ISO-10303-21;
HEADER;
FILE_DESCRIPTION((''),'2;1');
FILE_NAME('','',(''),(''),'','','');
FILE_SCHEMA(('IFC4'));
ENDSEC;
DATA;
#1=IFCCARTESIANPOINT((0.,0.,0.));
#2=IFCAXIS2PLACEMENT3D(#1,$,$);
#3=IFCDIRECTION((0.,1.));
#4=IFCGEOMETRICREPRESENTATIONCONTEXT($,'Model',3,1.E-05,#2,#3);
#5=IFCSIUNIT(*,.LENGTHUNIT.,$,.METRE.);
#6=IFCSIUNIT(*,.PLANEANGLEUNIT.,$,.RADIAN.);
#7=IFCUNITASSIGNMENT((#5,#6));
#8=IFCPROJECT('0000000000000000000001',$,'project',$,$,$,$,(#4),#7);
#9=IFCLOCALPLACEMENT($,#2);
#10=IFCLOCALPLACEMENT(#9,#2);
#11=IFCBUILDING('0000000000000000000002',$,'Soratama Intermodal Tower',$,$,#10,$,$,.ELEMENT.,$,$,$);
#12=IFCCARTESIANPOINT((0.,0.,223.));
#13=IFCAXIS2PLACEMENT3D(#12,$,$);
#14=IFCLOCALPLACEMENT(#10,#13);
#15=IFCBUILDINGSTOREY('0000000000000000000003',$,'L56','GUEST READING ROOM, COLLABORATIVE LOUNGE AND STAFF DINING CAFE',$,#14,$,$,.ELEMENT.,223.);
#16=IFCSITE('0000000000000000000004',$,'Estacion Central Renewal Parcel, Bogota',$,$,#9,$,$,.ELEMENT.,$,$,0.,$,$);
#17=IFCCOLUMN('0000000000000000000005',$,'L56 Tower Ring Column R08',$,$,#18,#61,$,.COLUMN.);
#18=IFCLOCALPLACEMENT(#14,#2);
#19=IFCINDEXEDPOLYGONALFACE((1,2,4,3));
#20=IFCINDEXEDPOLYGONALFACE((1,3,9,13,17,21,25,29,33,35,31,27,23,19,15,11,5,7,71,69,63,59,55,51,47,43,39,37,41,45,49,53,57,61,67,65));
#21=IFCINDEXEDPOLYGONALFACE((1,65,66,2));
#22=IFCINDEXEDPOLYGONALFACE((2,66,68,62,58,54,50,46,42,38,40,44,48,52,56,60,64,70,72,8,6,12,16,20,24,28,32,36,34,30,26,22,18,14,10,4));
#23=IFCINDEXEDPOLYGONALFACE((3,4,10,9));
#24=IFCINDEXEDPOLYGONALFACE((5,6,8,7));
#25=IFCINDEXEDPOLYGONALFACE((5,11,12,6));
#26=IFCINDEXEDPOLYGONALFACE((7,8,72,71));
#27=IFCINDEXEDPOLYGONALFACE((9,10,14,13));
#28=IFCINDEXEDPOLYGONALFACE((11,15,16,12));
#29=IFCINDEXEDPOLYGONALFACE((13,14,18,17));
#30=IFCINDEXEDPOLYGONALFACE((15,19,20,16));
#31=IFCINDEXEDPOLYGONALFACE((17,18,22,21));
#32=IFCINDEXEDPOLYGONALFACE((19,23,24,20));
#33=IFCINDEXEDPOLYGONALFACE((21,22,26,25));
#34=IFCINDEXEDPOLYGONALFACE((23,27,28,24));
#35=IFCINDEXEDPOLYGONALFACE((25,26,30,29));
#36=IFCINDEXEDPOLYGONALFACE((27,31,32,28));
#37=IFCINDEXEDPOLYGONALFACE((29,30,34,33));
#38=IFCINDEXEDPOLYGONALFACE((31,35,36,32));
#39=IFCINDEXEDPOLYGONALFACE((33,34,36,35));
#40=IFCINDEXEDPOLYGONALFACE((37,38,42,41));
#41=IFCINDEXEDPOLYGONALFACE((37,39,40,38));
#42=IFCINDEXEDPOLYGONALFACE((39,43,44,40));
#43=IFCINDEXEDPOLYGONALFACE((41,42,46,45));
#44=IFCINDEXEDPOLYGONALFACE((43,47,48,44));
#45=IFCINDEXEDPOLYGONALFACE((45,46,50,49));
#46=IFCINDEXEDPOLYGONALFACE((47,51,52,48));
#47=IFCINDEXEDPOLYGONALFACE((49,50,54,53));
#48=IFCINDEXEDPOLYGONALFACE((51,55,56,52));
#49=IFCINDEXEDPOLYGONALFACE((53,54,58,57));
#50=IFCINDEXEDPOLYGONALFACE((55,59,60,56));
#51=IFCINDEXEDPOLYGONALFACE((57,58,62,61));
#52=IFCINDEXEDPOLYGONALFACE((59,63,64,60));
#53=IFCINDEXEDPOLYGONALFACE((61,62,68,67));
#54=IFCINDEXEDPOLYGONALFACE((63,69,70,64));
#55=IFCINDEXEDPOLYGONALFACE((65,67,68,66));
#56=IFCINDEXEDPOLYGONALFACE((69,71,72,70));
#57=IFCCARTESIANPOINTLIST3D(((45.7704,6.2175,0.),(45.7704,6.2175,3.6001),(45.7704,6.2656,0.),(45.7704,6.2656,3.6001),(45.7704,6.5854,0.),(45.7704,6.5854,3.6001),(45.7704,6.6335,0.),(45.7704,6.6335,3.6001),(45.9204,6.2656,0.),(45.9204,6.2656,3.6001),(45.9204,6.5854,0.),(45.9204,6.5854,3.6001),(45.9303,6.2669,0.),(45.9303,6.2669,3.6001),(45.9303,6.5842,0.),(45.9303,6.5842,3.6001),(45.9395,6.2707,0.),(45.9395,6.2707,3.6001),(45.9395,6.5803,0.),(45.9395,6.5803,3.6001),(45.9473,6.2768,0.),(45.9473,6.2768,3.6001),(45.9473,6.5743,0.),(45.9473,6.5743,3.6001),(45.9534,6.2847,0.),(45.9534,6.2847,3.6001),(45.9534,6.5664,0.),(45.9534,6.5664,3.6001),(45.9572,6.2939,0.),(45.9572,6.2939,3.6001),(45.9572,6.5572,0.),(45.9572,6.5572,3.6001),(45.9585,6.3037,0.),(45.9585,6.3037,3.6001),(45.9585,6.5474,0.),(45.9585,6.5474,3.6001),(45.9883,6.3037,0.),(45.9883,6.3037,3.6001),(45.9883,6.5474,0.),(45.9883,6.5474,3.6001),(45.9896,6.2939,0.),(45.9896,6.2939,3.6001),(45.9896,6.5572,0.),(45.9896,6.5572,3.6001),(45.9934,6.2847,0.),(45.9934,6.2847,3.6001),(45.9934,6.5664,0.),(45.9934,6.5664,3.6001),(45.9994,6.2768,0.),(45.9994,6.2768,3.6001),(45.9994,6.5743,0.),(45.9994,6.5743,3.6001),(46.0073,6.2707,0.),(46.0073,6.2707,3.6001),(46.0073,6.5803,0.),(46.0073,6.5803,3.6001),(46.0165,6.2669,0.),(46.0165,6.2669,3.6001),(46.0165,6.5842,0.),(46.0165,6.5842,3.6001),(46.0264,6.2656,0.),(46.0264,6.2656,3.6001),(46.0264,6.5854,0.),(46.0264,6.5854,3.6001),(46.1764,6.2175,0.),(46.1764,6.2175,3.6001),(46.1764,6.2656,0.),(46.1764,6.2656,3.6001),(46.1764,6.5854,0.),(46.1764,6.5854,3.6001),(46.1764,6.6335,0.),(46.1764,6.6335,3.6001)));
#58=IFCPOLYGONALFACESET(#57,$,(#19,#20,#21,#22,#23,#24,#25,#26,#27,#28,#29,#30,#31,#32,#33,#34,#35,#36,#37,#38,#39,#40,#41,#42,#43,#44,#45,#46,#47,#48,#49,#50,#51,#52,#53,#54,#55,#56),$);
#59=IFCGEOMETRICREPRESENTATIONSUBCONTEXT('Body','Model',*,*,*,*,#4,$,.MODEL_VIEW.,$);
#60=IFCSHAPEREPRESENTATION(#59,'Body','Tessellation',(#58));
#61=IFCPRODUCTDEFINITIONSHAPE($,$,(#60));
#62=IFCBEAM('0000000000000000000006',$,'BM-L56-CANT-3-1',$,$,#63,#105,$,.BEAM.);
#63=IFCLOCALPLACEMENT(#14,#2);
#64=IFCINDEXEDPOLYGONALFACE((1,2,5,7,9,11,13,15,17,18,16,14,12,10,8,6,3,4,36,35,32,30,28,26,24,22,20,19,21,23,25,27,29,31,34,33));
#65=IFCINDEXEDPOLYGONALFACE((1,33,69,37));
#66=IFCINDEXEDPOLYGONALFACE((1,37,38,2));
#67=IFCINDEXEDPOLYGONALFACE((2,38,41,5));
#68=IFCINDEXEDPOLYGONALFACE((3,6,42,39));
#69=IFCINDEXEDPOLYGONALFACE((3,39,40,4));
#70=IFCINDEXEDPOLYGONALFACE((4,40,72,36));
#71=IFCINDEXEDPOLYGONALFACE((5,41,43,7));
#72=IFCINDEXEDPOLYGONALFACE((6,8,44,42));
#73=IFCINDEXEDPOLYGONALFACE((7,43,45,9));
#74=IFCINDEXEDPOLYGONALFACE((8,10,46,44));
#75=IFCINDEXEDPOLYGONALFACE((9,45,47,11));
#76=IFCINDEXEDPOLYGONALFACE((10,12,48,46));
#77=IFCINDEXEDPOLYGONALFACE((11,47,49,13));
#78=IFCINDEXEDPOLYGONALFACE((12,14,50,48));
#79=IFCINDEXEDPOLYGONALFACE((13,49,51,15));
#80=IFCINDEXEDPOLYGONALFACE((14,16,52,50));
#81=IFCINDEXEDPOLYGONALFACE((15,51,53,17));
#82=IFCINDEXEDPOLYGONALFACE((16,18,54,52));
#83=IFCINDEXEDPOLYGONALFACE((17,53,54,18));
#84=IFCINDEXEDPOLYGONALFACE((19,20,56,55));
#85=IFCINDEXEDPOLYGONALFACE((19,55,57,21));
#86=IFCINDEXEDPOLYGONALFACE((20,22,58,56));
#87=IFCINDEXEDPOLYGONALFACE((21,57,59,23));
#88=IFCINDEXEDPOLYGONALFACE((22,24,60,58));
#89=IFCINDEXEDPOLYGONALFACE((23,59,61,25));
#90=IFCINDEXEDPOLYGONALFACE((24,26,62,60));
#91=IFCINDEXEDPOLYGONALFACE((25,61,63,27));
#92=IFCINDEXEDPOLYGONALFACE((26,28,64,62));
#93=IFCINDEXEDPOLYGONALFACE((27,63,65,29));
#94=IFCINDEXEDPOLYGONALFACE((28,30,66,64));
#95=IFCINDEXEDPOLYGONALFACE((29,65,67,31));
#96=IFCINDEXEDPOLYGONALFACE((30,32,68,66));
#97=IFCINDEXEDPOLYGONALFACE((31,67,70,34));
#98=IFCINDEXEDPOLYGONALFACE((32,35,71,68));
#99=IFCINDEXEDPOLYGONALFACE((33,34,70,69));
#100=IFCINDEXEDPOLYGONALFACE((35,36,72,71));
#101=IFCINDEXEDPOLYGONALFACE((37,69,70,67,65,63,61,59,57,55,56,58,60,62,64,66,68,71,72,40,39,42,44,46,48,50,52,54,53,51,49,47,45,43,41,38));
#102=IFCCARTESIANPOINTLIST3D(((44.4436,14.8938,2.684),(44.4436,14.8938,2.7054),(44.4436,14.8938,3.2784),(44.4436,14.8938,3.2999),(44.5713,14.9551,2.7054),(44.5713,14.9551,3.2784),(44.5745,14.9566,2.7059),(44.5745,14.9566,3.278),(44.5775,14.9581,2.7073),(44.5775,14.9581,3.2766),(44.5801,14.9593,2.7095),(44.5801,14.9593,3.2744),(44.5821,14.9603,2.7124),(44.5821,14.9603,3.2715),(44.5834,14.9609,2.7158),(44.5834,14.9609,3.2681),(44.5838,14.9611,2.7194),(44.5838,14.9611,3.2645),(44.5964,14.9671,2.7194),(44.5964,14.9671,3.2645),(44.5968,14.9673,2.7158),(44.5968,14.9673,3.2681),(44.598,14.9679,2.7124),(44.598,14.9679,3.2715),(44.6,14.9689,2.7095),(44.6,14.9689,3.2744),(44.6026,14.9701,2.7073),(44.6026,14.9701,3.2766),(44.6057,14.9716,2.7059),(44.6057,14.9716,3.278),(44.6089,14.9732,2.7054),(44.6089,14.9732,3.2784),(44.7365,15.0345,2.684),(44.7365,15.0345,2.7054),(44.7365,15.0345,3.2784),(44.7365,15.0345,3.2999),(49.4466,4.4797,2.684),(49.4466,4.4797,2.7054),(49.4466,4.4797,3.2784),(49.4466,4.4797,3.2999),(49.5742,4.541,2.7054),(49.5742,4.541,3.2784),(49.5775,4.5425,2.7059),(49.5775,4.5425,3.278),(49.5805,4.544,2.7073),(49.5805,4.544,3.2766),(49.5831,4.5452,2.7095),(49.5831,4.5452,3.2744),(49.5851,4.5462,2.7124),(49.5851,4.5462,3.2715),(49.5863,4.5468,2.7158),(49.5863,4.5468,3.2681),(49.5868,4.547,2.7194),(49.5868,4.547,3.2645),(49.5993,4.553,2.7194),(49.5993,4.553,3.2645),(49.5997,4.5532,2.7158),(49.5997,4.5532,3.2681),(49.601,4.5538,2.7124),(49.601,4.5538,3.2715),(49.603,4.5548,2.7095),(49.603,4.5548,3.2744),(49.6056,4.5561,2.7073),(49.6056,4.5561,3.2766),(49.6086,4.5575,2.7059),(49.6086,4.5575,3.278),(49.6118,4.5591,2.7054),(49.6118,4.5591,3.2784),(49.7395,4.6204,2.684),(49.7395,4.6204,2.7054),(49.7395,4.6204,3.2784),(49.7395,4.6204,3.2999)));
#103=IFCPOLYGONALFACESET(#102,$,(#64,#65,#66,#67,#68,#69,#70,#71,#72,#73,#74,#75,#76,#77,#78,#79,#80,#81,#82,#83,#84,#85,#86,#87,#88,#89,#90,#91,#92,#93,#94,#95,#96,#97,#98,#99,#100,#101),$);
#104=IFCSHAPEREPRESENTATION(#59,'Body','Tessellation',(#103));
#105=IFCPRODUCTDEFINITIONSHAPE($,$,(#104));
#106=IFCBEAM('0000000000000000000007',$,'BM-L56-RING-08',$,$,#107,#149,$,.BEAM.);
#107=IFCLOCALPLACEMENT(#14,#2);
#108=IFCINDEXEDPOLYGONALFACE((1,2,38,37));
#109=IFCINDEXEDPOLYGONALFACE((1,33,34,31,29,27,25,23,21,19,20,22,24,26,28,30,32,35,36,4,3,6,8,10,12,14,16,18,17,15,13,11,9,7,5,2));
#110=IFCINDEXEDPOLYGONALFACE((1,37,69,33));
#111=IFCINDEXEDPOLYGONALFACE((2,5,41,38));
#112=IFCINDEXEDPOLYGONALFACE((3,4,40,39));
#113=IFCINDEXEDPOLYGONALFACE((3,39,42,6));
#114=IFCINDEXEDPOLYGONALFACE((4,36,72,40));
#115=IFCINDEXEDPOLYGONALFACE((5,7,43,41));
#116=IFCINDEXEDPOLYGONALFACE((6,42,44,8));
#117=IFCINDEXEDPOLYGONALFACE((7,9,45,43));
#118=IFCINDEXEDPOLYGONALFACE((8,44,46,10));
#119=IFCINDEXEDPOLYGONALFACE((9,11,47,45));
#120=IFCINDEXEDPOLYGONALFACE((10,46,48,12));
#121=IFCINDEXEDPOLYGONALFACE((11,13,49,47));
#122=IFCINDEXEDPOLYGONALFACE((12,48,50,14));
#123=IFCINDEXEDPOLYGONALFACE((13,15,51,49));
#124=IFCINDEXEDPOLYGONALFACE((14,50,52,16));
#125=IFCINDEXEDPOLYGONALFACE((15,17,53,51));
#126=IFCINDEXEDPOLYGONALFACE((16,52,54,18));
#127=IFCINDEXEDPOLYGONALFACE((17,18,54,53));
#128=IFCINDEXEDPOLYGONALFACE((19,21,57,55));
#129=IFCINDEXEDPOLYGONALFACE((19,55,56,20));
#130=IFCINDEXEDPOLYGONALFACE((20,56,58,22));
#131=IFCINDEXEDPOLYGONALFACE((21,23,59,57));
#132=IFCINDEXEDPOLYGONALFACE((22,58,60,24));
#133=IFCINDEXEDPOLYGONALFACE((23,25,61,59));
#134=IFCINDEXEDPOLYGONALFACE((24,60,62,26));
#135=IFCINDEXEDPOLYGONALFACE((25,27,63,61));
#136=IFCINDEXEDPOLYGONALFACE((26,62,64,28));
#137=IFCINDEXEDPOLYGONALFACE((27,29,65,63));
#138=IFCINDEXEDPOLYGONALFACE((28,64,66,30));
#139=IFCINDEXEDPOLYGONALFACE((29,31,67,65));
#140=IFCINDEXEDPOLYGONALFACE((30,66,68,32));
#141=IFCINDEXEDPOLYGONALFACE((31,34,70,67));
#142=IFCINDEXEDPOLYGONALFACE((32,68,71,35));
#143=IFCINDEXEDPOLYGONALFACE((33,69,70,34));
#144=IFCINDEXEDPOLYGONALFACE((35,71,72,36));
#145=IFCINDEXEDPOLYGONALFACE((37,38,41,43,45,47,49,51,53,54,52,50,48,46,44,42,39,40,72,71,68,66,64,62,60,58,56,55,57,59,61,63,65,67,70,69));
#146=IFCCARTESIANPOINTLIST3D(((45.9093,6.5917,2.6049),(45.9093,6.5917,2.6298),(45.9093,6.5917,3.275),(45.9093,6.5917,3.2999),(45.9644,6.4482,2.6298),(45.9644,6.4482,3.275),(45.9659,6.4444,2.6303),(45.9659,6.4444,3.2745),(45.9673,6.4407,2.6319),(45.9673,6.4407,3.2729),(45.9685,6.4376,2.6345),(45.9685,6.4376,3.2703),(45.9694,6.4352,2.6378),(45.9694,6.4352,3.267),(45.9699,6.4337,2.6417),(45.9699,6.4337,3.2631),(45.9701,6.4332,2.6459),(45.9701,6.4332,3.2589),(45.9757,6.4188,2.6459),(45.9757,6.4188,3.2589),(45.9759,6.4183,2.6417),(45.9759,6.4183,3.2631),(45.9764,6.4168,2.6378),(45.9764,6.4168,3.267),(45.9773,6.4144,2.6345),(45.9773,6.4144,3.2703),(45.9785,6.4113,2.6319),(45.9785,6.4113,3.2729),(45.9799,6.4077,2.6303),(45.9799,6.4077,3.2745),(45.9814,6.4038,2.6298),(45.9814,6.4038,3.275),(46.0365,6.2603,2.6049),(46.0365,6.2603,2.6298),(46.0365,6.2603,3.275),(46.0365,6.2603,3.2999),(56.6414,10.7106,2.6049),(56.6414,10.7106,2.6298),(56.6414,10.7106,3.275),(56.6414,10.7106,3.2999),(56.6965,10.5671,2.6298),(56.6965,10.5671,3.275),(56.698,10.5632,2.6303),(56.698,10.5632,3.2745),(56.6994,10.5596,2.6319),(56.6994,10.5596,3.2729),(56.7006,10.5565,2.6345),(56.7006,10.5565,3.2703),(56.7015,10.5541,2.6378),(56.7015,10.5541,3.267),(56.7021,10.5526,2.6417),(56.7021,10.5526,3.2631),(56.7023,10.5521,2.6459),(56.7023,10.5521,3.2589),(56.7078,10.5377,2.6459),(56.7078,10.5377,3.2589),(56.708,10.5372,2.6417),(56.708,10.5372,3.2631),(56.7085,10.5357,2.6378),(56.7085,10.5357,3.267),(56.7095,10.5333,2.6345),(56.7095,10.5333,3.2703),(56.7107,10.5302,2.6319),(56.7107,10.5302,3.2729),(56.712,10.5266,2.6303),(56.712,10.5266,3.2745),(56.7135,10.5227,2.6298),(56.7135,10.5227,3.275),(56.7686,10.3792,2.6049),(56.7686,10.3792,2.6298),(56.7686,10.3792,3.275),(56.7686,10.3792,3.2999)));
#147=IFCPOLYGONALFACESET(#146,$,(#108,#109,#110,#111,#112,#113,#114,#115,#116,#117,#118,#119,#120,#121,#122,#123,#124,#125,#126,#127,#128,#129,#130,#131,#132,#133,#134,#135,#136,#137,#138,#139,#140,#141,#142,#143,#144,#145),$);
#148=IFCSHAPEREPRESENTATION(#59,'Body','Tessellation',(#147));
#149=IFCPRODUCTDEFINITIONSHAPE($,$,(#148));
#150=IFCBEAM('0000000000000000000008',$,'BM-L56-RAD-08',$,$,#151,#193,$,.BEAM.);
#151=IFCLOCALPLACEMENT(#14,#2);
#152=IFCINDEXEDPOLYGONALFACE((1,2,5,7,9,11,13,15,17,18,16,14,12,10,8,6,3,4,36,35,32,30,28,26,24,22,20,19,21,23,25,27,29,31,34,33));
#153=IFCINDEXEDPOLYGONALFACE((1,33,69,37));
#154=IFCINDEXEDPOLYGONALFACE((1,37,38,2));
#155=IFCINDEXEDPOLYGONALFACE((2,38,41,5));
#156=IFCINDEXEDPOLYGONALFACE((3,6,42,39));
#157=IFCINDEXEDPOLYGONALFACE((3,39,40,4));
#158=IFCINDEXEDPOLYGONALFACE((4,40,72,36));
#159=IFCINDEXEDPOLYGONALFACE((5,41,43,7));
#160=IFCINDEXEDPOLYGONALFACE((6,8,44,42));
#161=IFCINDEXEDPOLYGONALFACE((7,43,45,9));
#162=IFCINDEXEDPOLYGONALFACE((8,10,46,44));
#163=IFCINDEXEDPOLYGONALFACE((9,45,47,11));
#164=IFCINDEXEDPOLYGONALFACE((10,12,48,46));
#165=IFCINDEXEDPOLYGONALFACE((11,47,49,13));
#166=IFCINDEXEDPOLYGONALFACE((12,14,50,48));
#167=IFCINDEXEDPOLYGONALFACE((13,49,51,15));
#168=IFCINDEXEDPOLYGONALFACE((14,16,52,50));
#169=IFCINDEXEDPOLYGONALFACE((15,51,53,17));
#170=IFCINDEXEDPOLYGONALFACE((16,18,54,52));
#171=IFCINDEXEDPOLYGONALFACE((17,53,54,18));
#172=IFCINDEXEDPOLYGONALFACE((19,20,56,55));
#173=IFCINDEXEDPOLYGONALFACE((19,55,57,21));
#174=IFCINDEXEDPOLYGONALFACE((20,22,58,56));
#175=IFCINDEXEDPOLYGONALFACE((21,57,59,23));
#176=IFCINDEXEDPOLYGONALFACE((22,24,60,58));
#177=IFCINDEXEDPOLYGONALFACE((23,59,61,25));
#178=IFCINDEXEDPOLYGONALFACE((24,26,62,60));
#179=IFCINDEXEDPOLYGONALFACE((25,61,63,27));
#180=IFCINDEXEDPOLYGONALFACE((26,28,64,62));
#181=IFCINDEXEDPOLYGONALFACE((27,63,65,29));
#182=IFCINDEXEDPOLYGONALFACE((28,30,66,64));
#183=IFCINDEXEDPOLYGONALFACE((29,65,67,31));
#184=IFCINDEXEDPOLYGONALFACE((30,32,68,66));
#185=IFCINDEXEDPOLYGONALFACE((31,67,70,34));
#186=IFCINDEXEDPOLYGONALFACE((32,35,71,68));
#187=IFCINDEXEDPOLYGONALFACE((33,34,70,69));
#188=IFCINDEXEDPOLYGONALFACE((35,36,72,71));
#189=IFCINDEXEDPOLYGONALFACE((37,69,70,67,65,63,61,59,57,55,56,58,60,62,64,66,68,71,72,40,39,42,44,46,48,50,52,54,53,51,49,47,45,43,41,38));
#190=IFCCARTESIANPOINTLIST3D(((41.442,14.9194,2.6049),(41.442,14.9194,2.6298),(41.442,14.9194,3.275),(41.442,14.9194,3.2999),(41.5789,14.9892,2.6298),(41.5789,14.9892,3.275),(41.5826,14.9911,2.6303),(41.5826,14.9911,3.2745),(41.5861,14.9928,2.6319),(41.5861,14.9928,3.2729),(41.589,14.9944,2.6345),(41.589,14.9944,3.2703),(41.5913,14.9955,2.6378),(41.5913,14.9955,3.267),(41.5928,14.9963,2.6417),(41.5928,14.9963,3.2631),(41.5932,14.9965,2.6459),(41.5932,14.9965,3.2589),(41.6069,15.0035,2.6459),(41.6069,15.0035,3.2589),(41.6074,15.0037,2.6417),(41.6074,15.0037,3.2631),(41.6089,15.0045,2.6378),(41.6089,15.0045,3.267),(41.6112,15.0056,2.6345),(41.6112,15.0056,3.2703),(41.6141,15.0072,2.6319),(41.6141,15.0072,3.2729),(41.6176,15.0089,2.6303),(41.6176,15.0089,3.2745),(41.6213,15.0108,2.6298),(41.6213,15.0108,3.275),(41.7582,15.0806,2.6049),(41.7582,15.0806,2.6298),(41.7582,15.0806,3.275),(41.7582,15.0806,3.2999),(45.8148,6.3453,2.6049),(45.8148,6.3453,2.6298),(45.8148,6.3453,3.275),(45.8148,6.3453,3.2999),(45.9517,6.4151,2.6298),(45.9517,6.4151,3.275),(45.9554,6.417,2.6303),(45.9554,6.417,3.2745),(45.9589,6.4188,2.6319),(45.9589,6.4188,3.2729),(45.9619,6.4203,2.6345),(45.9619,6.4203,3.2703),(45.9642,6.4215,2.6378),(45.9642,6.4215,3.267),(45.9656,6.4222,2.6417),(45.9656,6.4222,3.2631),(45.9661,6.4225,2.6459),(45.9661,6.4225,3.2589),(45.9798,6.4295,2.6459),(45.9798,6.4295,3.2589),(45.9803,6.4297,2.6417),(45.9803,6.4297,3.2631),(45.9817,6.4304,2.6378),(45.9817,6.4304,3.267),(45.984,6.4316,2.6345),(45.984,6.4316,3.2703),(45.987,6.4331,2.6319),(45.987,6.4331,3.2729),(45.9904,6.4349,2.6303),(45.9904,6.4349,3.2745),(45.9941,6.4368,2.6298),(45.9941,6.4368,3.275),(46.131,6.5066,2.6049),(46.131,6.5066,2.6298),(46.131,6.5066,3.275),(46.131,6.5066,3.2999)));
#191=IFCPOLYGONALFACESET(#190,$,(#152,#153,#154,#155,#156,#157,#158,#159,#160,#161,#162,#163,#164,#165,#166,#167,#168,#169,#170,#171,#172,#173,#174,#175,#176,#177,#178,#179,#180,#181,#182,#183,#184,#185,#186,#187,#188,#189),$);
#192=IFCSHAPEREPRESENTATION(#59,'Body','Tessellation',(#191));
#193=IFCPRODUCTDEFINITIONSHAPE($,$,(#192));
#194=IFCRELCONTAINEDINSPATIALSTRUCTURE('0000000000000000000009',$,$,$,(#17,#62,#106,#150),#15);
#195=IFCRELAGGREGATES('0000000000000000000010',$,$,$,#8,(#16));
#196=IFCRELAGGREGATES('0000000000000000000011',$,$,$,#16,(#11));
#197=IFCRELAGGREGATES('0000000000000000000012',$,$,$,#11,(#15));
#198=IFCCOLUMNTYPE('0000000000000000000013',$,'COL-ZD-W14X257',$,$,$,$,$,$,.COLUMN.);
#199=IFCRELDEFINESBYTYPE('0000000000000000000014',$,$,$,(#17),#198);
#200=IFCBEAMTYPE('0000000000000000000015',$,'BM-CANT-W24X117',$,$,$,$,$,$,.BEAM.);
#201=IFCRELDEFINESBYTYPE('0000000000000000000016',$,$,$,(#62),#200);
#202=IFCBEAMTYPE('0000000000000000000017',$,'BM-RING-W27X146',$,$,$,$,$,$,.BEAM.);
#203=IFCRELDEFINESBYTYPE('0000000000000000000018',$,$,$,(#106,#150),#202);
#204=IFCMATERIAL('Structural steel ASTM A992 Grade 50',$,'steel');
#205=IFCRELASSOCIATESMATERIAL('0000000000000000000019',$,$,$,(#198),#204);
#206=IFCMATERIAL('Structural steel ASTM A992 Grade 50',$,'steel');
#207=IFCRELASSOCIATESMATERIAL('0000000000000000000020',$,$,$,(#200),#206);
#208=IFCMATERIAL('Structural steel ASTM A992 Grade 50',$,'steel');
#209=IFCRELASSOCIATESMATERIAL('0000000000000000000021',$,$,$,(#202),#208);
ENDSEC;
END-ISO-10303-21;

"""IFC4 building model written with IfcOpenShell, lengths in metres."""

from ifc_helpers import new_model, si_unit, direction, frame, origin, origin_2d, place, context, subcontext, project, spatial, i_section, extrude, material, material_profile, profile_set, type_object, element, save


model = new_model("IFC4")

# Units and contexts
model_context = context("Model", 3, precision=1e-05, world=origin(), true_north=direction((0.0, 1.0)))
body_context = subcontext(model_context, "Body", "Model", "MODEL_VIEW")
ifc_project = project(units=[si_unit("LENGTHUNIT", "METRE"), si_unit("PLANEANGLEUNIT", "RADIAN")], contexts=[model_context])

# Site, building, storey
site_placement = place(None, origin())
site = spatial("IfcSite", under=ifc_project, at=site_placement, Name="Estacion Central Renewal Parcel, Bogota", CompositionType="ELEMENT", RefElevation=0.0)
building_placement = place(site_placement, origin())
building = spatial("IfcBuilding", under=site, at=building_placement, Name="Soratama Intermodal Tower", CompositionType="ELEMENT")
storey_placement = place(building_placement, frame((0.0, 0.0, 223.0)))
storey = spatial("IfcBuildingStorey", under=building, at=storey_placement, Name="L56", Description="GUEST READING ROOM, COLLABORATIVE LOUNGE AND STAFF DINING CAFE", CompositionType="ELEMENT", Elevation=223.0)

# Column
ifc_material_1 = material(Name="Structural steel ASTM A992 Grade 50", Category="steel")
ifc_material_profile_1 = material_profile(ifc_material_1, i_section(OverallWidth=0.406, OverallDepth=0.416, WebThickness=0.0298, FlangeThickness=0.0481, FilletRadius=0.0381, at=origin_2d()), Name="W14X257")
ifc_profile_set_1 = profile_set([ifc_material_profile_1], Name="Structural steel ASTM A992 Grade 50")
column_type = type_object("IfcColumnType", Name="COL-ZD-W14X257", PredefinedType="COLUMN", material=ifc_profile_set_1)
column_placement = place(storey_placement, frame((45.9734, 6.4255, 0.0), z_axis=(0.0, 0.0, 1.0), x_axis=(1.0, 0.0, 0.0)))
element("IfcColumn", 1, at=column_placement, inside=storey, type_object=column_type, Name="L56 Tower Ring Column R08", PredefinedType="COLUMN", context=body_context, shape_type="SweptSolid", body=[
    extrude(i_section(OverallWidth=0.406, OverallDepth=0.416, WebThickness=0.0298, FlangeThickness=0.0481, FilletRadius=0.0381, at=origin_2d()), origin(), (0.0, 0.0, 1.0), 3.6001),
])

# Beams
ifc_material_2 = material(Name="Structural steel ASTM A992 Grade 50", Category="steel")
ifc_material_profile_2 = material_profile(ifc_material_2, i_section(OverallWidth=0.325, OverallDepth=0.616, WebThickness=0.0139, FlangeThickness=0.0215, FilletRadius=0.0139, at=origin_2d()), Name="W24X117")
ifc_profile_set_2 = profile_set([ifc_material_profile_2], Name="Structural steel ASTM A992 Grade 50")
beam_type_1 = type_object("IfcBeamType", Name="BM-CANT-W24X117", PredefinedType="BEAM", material=ifc_profile_set_2)
beam_1_placement = place(storey_placement, frame((44.5901, 14.9641, 2.9919), z_axis=(0.433025, -0.901382, 0.0), x_axis=(0.901382, 0.433025, 0.0)))
element("IfcBeam", 2, at=beam_1_placement, inside=storey, type_object=beam_type_1, Name="BM-L56-CANT-3-1", PredefinedType="BEAM", context=body_context, shape_type="SweptSolid", body=[
    extrude(i_section(OverallWidth=0.325, OverallDepth=0.616, WebThickness=0.0139, FlangeThickness=0.0215, FilletRadius=0.0139, at=origin_2d()), origin(), (0.0, 0.0, 1.0), 11.5535),
])
ifc_material_3 = material(Name="Structural steel ASTM A992 Grade 50", Category="steel")
ifc_material_profile_3 = material_profile(ifc_material_3, i_section(OverallWidth=0.355, OverallDepth=0.6951, WebThickness=0.0154, FlangeThickness=0.0249, FilletRadius=0.0161, at=origin_2d()), Name="W27X146")
ifc_profile_set_3 = profile_set([ifc_material_profile_3], Name="Structural steel ASTM A992 Grade 50")
beam_type_2 = type_object("IfcBeamType", Name="BM-RING-W27X146", PredefinedType="BEAM", material=ifc_profile_set_3)
beam_2_placement = place(storey_placement, frame((45.9729, 6.426, 2.9524), z_axis=(0.933604, 0.358307, 0.0), x_axis=(-0.358307, 0.933604, 0.0)))
element("IfcBeam", 3, at=beam_2_placement, inside=storey, type_object=beam_type_2, Name="BM-L56-RING-08", PredefinedType="BEAM", context=body_context, shape_type="SweptSolid", body=[
    extrude(i_section(OverallWidth=0.355, OverallDepth=0.6951, WebThickness=0.0154, FlangeThickness=0.0249, FilletRadius=0.0161, at=origin_2d()), origin(), (0.0, 0.0, 1.0), 11.4954),
])
beam_3_placement = place(storey_placement, frame((41.6001, 15.0, 2.9524), z_axis=(0.454332, -0.890832, 0.0), x_axis=(0.890832, 0.454332, 0.0)))
element("IfcBeam", 4, at=beam_3_placement, inside=storey, type_object=beam_type_2, Name="BM-L56-RAD-08", PredefinedType="BEAM", context=body_context, shape_type="SweptSolid", body=[
    extrude(i_section(OverallWidth=0.355, OverallDepth=0.6951, WebThickness=0.0154, FlangeThickness=0.0249, FilletRadius=0.0161, at=origin_2d()), origin(), (0.0, 0.0, 1.0), 9.6248),
])

save(model, "model.ifc")
